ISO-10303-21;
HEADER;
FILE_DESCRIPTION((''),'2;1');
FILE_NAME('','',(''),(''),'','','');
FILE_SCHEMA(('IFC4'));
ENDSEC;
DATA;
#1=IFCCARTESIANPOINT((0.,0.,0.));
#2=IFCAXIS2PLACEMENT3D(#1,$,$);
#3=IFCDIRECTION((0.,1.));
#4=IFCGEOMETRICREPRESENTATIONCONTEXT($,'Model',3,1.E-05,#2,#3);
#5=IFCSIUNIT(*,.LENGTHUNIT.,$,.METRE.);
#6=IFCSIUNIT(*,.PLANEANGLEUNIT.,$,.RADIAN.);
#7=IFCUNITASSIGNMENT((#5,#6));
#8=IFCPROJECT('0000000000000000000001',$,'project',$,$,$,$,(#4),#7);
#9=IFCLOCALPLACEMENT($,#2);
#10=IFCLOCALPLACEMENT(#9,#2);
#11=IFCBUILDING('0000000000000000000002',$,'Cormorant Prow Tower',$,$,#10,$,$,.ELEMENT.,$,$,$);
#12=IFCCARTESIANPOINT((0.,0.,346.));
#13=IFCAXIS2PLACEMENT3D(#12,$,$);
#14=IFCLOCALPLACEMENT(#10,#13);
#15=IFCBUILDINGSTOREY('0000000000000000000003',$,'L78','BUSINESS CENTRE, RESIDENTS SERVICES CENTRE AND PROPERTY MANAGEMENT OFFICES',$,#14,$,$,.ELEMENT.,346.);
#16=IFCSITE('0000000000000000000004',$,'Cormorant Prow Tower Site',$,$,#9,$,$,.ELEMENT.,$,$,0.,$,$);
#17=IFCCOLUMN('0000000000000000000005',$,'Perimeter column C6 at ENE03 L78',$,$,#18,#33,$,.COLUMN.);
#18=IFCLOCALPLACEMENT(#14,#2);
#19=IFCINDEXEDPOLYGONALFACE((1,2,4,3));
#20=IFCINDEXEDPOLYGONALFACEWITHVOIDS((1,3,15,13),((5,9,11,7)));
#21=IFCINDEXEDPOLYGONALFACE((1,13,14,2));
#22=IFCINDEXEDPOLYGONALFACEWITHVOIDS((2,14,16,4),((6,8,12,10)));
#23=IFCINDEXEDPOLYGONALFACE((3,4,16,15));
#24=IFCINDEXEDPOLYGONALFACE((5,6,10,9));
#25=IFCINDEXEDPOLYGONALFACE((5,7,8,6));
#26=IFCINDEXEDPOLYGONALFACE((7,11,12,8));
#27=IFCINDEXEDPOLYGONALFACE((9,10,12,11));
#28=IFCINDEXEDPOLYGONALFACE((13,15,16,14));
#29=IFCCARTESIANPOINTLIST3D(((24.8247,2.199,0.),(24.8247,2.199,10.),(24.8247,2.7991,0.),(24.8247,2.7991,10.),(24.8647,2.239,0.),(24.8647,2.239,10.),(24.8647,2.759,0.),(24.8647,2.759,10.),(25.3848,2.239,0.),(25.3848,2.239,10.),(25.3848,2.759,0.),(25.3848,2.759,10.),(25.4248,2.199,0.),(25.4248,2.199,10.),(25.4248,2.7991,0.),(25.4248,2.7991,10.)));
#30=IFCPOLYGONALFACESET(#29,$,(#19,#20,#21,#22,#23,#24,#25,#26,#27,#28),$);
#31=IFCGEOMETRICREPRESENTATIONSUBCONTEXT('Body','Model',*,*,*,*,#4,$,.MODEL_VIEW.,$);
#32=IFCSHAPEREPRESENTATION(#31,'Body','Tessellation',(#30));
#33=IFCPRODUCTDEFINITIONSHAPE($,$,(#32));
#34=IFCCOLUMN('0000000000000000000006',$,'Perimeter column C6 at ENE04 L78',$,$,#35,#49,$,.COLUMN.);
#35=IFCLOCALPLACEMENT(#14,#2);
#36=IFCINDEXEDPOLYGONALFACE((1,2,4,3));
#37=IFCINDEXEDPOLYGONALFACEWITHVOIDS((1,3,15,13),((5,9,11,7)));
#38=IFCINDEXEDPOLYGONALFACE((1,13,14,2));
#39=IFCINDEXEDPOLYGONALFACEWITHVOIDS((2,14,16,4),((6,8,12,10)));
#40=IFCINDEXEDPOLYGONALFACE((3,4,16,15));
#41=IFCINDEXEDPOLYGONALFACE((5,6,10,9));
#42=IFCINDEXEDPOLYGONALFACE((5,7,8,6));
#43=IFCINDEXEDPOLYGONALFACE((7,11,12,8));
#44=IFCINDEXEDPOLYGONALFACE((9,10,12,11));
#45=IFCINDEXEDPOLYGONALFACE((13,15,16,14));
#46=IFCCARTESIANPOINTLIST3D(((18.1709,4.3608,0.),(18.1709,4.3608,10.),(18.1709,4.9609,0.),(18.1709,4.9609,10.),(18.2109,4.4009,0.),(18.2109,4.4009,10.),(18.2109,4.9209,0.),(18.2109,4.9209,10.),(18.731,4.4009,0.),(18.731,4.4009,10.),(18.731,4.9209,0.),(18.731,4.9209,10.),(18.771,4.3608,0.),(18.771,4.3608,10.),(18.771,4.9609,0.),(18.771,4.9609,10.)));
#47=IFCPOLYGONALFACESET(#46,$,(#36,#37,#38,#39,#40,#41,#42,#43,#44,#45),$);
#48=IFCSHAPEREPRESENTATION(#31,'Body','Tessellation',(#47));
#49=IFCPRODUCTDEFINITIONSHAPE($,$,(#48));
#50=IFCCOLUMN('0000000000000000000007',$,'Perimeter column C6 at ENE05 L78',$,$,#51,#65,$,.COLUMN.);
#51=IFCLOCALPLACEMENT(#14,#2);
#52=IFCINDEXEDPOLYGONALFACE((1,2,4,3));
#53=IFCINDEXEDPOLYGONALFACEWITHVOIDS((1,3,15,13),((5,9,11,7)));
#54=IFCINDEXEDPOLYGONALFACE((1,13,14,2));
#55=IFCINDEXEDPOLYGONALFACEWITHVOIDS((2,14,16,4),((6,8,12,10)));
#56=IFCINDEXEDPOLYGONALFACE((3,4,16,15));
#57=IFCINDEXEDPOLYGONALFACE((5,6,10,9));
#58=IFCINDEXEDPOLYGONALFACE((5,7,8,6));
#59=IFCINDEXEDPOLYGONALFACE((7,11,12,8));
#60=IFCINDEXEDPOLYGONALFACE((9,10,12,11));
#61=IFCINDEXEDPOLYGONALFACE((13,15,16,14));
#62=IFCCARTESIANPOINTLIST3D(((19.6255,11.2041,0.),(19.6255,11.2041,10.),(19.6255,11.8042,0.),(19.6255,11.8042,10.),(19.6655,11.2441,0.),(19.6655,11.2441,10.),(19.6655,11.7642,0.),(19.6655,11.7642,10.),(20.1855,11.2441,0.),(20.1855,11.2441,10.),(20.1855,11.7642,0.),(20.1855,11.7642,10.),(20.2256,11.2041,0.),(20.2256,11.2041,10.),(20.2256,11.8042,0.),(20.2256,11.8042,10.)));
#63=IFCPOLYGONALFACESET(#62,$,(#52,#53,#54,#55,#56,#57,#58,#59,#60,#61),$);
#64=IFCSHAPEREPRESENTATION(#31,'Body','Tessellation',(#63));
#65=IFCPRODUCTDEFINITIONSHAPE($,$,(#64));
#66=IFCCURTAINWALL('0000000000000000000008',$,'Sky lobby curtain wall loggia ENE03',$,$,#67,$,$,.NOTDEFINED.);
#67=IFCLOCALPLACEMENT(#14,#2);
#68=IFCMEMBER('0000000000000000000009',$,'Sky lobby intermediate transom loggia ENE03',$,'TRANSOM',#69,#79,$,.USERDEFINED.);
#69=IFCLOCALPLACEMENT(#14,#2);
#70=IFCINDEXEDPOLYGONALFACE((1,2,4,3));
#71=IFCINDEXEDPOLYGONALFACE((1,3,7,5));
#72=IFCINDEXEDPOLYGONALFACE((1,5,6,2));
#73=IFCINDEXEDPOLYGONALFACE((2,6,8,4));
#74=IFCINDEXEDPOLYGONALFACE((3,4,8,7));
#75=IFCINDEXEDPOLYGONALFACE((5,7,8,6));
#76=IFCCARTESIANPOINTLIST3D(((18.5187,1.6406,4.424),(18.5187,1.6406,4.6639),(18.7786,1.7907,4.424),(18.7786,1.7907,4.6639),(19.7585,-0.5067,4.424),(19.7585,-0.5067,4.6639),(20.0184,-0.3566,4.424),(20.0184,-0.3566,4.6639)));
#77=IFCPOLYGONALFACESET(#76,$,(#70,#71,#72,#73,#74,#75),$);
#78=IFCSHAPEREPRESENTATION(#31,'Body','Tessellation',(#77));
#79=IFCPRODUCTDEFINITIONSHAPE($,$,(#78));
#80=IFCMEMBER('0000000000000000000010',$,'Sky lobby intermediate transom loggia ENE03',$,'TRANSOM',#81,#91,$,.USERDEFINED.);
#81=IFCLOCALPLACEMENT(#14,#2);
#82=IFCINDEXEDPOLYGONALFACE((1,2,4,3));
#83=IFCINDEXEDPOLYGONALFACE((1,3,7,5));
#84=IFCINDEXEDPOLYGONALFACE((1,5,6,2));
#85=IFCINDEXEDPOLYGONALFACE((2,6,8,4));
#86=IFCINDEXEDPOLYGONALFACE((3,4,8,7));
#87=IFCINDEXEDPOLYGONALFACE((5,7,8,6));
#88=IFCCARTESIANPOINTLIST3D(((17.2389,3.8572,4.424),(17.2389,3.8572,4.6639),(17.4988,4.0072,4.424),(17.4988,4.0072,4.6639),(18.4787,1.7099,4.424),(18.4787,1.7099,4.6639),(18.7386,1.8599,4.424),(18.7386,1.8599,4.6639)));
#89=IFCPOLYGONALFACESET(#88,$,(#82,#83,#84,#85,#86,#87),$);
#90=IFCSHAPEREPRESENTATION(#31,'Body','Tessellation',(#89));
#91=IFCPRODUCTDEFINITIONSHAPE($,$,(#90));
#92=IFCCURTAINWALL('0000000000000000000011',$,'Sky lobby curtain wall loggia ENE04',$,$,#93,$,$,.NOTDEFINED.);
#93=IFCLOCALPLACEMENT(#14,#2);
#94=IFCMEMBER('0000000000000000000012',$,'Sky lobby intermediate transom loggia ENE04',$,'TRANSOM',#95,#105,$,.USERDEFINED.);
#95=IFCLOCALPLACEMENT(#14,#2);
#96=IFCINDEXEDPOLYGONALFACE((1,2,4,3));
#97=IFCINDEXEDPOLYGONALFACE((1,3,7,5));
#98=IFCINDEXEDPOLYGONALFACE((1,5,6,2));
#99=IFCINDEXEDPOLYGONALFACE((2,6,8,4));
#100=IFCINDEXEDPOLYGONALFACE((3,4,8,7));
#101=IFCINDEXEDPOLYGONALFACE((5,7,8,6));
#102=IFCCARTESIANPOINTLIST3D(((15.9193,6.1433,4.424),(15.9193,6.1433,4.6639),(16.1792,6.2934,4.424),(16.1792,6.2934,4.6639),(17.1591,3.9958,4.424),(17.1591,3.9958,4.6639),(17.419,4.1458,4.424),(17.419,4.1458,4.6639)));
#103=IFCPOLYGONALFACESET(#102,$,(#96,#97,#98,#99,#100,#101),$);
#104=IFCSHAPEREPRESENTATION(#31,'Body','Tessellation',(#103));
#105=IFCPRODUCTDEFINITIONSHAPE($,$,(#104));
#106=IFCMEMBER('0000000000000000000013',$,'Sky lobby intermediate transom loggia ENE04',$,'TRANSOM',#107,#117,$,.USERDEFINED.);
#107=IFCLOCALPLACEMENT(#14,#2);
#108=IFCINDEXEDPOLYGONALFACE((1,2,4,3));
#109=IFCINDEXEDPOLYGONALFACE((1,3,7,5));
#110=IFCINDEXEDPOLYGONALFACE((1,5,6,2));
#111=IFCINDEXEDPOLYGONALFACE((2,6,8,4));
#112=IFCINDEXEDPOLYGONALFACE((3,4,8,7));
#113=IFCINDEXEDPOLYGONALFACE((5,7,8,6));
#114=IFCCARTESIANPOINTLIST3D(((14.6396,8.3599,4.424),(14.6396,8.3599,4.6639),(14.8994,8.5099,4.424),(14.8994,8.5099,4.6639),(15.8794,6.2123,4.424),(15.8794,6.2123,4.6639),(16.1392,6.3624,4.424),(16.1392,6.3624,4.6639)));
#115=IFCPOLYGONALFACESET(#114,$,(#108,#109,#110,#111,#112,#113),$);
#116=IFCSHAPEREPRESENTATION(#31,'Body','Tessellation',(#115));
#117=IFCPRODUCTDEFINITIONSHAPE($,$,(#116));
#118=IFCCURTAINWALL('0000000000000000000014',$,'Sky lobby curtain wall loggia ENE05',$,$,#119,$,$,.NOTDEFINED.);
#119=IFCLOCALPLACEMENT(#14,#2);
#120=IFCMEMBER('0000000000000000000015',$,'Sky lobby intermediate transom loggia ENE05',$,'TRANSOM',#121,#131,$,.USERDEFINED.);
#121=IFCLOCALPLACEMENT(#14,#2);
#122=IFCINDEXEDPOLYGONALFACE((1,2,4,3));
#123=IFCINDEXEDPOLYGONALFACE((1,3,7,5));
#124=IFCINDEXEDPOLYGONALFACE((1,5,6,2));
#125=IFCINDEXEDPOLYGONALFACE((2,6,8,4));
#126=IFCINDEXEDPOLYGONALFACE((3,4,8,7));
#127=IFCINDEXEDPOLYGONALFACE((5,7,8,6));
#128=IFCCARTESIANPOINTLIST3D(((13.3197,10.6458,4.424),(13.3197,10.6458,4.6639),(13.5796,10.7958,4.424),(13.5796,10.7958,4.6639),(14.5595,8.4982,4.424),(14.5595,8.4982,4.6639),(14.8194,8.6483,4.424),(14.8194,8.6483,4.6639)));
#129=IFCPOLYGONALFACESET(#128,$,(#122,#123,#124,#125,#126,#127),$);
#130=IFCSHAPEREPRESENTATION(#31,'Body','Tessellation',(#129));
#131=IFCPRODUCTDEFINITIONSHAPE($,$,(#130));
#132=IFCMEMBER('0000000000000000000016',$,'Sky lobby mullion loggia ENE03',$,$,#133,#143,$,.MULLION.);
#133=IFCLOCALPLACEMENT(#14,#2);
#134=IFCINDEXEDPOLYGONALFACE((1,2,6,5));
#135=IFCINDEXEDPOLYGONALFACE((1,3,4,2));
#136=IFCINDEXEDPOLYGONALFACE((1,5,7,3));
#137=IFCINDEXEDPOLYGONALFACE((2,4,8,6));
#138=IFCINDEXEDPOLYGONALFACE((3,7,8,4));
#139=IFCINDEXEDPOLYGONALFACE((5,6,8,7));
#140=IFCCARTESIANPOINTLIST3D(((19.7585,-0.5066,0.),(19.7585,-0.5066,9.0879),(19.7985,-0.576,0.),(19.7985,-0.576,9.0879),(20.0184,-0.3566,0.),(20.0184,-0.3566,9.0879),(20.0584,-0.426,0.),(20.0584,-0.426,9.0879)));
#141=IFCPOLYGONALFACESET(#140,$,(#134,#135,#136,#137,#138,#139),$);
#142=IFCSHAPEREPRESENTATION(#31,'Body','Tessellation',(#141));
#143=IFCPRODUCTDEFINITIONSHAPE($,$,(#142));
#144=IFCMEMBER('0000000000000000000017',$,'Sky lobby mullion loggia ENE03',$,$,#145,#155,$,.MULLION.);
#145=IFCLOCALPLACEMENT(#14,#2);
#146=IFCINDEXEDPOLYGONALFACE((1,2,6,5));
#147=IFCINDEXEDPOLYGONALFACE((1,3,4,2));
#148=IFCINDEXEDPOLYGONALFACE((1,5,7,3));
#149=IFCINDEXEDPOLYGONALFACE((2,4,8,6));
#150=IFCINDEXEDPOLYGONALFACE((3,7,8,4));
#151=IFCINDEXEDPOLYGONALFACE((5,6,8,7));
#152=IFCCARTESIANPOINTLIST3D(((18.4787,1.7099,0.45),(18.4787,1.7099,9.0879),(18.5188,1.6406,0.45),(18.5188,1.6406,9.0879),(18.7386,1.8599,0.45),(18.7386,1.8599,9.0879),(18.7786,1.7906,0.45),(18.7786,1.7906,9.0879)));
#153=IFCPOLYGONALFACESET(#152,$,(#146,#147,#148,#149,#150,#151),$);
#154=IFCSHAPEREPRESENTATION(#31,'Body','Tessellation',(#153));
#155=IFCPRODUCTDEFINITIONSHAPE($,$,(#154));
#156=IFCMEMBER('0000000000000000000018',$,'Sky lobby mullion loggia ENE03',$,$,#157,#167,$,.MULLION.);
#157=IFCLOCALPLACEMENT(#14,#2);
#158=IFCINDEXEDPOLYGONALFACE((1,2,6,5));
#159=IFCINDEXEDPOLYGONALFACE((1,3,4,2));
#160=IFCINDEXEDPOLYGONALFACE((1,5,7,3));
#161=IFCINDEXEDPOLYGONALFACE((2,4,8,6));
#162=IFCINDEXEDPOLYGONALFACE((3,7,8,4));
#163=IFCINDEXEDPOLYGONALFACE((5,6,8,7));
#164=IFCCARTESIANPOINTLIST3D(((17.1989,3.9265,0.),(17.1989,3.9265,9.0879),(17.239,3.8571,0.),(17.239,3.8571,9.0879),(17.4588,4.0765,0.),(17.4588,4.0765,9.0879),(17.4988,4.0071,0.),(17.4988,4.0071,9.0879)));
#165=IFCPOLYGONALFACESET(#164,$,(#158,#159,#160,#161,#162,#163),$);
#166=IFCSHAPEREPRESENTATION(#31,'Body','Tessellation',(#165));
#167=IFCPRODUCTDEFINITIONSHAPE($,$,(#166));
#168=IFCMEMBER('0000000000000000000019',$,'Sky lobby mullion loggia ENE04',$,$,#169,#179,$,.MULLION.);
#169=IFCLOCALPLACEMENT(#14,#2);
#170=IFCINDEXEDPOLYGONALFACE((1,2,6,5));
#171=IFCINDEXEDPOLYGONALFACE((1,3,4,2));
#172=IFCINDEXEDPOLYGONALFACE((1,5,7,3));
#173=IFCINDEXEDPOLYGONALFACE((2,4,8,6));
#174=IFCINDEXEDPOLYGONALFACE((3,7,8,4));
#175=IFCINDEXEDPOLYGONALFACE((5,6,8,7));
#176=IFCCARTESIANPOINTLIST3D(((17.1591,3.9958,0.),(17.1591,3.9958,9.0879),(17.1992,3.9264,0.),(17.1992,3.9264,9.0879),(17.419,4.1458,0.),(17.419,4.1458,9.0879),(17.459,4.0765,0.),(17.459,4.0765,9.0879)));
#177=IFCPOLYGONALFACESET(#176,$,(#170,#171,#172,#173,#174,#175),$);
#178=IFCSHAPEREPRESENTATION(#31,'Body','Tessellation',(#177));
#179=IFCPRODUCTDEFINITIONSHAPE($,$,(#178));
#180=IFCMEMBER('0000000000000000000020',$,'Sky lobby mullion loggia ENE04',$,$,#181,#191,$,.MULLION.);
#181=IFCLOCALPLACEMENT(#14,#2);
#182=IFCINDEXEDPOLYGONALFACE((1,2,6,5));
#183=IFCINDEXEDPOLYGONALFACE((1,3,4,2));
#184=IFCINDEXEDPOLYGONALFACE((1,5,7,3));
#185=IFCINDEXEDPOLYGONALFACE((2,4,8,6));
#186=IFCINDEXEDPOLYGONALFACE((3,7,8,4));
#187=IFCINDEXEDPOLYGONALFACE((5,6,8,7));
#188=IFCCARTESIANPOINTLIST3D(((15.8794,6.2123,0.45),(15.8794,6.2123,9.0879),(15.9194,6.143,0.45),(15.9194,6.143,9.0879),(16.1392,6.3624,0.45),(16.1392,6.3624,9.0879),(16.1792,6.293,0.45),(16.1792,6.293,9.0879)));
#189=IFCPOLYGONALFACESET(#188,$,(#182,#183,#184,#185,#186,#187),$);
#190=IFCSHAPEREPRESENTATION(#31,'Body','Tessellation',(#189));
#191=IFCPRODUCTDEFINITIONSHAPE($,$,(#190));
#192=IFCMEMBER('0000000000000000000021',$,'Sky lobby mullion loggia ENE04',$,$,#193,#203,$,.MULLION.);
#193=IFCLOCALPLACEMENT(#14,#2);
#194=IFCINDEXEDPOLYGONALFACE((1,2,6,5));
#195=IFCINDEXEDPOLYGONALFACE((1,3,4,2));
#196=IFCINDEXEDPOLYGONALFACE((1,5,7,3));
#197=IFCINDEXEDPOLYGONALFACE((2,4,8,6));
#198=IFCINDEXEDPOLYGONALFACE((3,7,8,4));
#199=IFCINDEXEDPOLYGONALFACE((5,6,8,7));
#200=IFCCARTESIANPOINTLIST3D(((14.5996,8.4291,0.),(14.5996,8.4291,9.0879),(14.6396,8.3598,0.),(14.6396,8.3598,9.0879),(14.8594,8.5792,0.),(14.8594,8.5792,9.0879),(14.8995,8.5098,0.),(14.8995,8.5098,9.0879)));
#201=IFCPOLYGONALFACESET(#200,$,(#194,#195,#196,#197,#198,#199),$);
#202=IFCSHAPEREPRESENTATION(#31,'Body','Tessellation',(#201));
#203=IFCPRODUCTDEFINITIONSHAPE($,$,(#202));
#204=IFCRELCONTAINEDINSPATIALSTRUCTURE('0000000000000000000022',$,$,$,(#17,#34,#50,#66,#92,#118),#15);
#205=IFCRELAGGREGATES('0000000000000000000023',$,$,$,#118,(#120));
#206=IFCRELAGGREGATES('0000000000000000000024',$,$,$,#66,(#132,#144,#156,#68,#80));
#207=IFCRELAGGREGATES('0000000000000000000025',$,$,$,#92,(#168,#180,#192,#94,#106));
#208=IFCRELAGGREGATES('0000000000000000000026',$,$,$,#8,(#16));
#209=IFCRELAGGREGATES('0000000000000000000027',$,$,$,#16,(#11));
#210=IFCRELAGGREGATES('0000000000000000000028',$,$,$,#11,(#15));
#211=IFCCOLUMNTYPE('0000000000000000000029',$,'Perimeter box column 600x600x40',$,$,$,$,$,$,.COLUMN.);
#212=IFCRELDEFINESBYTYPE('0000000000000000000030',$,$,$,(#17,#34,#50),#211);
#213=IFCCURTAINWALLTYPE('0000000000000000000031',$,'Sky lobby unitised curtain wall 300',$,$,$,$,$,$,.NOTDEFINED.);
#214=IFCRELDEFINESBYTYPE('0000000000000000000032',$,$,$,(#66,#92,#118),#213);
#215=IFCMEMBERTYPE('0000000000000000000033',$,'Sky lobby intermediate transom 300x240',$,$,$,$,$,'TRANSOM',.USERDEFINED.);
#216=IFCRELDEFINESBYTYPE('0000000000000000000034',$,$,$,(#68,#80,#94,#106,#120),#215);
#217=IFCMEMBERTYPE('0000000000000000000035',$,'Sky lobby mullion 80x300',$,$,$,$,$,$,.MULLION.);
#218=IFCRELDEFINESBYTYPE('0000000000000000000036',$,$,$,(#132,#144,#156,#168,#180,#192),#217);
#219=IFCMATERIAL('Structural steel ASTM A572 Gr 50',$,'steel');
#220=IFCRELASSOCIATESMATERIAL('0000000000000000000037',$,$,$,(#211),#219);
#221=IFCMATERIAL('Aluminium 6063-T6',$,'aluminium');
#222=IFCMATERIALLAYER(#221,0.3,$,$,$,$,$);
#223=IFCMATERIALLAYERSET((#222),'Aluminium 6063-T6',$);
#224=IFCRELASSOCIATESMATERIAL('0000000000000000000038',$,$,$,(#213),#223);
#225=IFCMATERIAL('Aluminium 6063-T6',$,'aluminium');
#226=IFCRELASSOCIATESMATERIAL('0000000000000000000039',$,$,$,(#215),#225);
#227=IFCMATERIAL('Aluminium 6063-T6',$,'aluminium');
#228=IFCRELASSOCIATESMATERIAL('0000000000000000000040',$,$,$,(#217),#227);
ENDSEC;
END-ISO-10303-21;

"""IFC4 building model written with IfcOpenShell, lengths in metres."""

from ifc_helpers import new_model, si_unit, direction, frame, origin, origin_2d, place, context, subcontext, project, spatial, rectangle, hollow_rectangle, extrude, material, layer, layer_set, material_profile, profile_set, type_object, element, aggregate, save


model = new_model("IFC4")

# Units and contexts
model_context = context("Model", 3, precision=1e-05, world=origin(), true_north=direction((0.0, 1.0)))
body_context = subcontext(model_context, "Body", "Model", "MODEL_VIEW")
ifc_project = project(units=[si_unit("LENGTHUNIT", "METRE"), si_unit("PLANEANGLEUNIT", "RADIAN")], contexts=[model_context])

# Site, building, storey
site_placement = place(None, origin())
site = spatial("IfcSite", under=ifc_project, at=site_placement, Name="Cormorant Prow Tower Site", CompositionType="ELEMENT", RefElevation=0.0)
building_placement = place(site_placement, origin())
building = spatial("IfcBuilding", under=site, at=building_placement, Name="Cormorant Prow Tower", CompositionType="ELEMENT")
storey_placement = place(building_placement, frame((0.0, 0.0, 346.0)))
storey = spatial("IfcBuildingStorey", under=building, at=storey_placement, Name="L78", Description="BUSINESS CENTRE, RESIDENTS SERVICES CENTRE AND PROPERTY MANAGEMENT OFFICES", CompositionType="ELEMENT", Elevation=346.0)

# Columns
ifc_material_1 = material(Name="Structural steel ASTM A572 Gr 50", Category="steel")
ifc_material_profile_1 = material_profile(ifc_material_1, hollow_rectangle(XDim=0.6001, YDim=0.6001, WallThickness=0.04, at=origin_2d()), Name="Box 600x600x40")
ifc_profile_set_1 = profile_set([ifc_material_profile_1], Name="Structural steel ASTM A572 Gr 50")
column_type = type_object("IfcColumnType", Name="Perimeter box column 600x600x40", PredefinedType="COLUMN", material=ifc_profile_set_1)
for number, where, z_axis, x_axis, name in (
    (1, (25.1248, 2.499, 0.0), (0.0, 0.0, 1.0), (1.0, 0.0, 0.0), "Perimeter column C6 at ENE03 L78"),
    (2, (18.4709, 4.6609, 0.0), (0.0, 0.0, 1.0), (1.0, 0.0, 0.0), "Perimeter column C6 at ENE04 L78"),
    (3, (19.9255, 11.5042, 0.0), (0.0, 0.0, 1.0), (1.0, 0.0, 0.0), "Perimeter column C6 at ENE05 L78"),
):
    element("IfcColumn", number, at=place(storey_placement, frame(where, z_axis=z_axis, x_axis=x_axis)), inside=storey, type_object=column_type, Name=name, PredefinedType="COLUMN", context=body_context, shape_type="SweptSolid", body=[
        extrude(hollow_rectangle(XDim=0.6001, YDim=0.6001, WallThickness=0.04, at=origin_2d()), origin(), (0.0, 0.0, 1.0), 10.0),
    ])

# Curtain walls, members
ifc_material_2 = material(Name="Aluminium 6063-T6", Category="aluminium")
ifc_layer_1 = layer(ifc_material_2, 0.3)
ifc_layer_set_1 = layer_set([ifc_layer_1], Name="Aluminium 6063-T6")
curtain_wall_type = type_object("IfcCurtainWallType", Name="Sky lobby unitised curtain wall 300", PredefinedType="NOTDEFINED", material=ifc_layer_set_1)
curtain_wall_1_placement = place(storey_placement, origin())
curtain_wall_1 = element("IfcCurtainWall", 4, at=curtain_wall_1_placement, inside=storey, type_object=curtain_wall_type, Name="Sky lobby curtain wall loggia ENE03", PredefinedType="NOTDEFINED")
ifc_material_3 = material(Name="Aluminium 6063-T6", Category="aluminium")
ifc_material_profile_2 = material_profile(ifc_material_3, rectangle(XDim=0.3, YDim=0.24, at=origin_2d()), Name="Sky lobby intermediate transom 300x240")
ifc_profile_set_2 = profile_set([ifc_material_profile_2], Name="Aluminium 6063-T6")
member_type_1 = type_object("IfcMemberType", Name="Sky lobby intermediate transom 300x240", ElementType="TRANSOM", PredefinedType="USERDEFINED", material=ifc_profile_set_2)
member_1_placement = place(storey_placement, frame((19.8884, -0.4316, 4.5439), z_axis=(-0.500015, 0.866017, 0.0), x_axis=(-0.866017, -0.500015, 0.0)))
member_1 = element("IfcMember", 5, at=member_1_placement, type_object=member_type_1, Name="Sky lobby intermediate transom loggia ENE03", ObjectType="TRANSOM", PredefinedType="USERDEFINED", context=body_context, shape_type="SweptSolid", body=[
    extrude(rectangle(XDim=0.3, YDim=0.24, at=origin_2d()), origin(), (0.0, 0.0, 1.0), 2.4795),
])
member_2_placement = place(storey_placement, frame((18.6086, 1.7849, 4.5439), z_axis=(-0.500015, 0.866017, 0.0), x_axis=(-0.866017, -0.500015, 0.0)))
member_2 = element("IfcMember", 6, at=member_2_placement, type_object=member_type_1, Name="Sky lobby intermediate transom loggia ENE03", ObjectType="TRANSOM", PredefinedType="USERDEFINED", context=body_context, shape_type="SweptSolid", body=[
    extrude(rectangle(XDim=0.3, YDim=0.24, at=origin_2d()), origin(), (0.0, 0.0, 1.0), 2.4795),
])
curtain_wall_2_placement = place(storey_placement, origin())
curtain_wall_2 = element("IfcCurtainWall", 7, at=curtain_wall_2_placement, inside=storey, type_object=curtain_wall_type, Name="Sky lobby curtain wall loggia ENE04", PredefinedType="NOTDEFINED")
member_3_placement = place(storey_placement, frame((17.2891, 4.0708, 4.5439), z_axis=(-0.499972, 0.866041, 0.0), x_axis=(-0.866041, -0.499972, 0.0)))
member_3 = element("IfcMember", 8, at=member_3_placement, type_object=member_type_1, Name="Sky lobby intermediate transom loggia ENE04", ObjectType="TRANSOM", PredefinedType="USERDEFINED", context=body_context, shape_type="SweptSolid", body=[
    extrude(rectangle(XDim=0.3, YDim=0.24, at=origin_2d()), origin(), (0.0, 0.0, 1.0), 2.4797),
])
member_4_placement = place(storey_placement, frame((16.0093, 6.2874, 4.5439), z_axis=(-0.499972, 0.866041, 0.0), x_axis=(-0.866041, -0.499972, 0.0)))
member_4 = element("IfcMember", 9, at=member_4_placement, type_object=member_type_1, Name="Sky lobby intermediate transom loggia ENE04", ObjectType="TRANSOM", PredefinedType="USERDEFINED", context=body_context, shape_type="SweptSolid", body=[
    extrude(rectangle(XDim=0.3, YDim=0.24, at=origin_2d()), origin(), (0.0, 0.0, 1.0), 2.4797),
])

# Curtain wall, member
curtain_wall_3_placement = place(storey_placement, origin())
curtain_wall_3 = element("IfcCurtainWall", 10, at=curtain_wall_3_placement, inside=storey, type_object=curtain_wall_type, Name="Sky lobby curtain wall loggia ENE05", PredefinedType="NOTDEFINED")
member_5_placement = place(storey_placement, frame((14.6895, 8.5732, 4.5439), z_axis=(-0.499972, 0.866041, 0.0), x_axis=(-0.866041, -0.499972, 0.0)))
member_5 = element("IfcMember", 11, at=member_5_placement, type_object=member_type_1, Name="Sky lobby intermediate transom loggia ENE05", ObjectType="TRANSOM", PredefinedType="USERDEFINED", context=body_context, shape_type="SweptSolid", body=[
    extrude(rectangle(XDim=0.3, YDim=0.24, at=origin_2d()), origin(), (0.0, 0.0, 1.0), 2.4797),
])

# Members
ifc_material_4 = material(Name="Aluminium 6063-T6", Category="aluminium")
ifc_material_profile_3 = material_profile(ifc_material_4, rectangle(XDim=0.3, YDim=0.0801, at=origin_2d()), Name="Sky lobby mullion 80x300")
ifc_profile_set_3 = profile_set([ifc_material_profile_3], Name="Aluminium 6063-T6")
member_type_2 = type_object("IfcMemberType", Name="Sky lobby mullion 80x300", PredefinedType="MULLION", material=ifc_profile_set_3)
member_6_placement = place(storey_placement, frame((19.9084, -0.4663, 0.0), z_axis=(0.0, 0.0, 1.0), x_axis=(-0.866025, -0.5, 0.0)))
member_6 = element("IfcMember", 12, at=member_6_placement, type_object=member_type_2, Name="Sky lobby mullion loggia ENE03", PredefinedType="MULLION", context=body_context, shape_type="SweptSolid", body=[
    extrude(rectangle(XDim=0.3, YDim=0.0801, at=origin_2d()), origin(), (0.0, 0.0, 1.0), 9.0879),
])
member_7_placement = place(storey_placement, frame((18.6287, 1.7502, 0.45), z_axis=(0.0, 0.0, 1.0), x_axis=(-0.866025, -0.5, 0.0)))
member_7 = element("IfcMember", 13, at=member_7_placement, type_object=member_type_2, Name="Sky lobby mullion loggia ENE03", PredefinedType="MULLION", context=body_context, shape_type="SweptSolid", body=[
    extrude(rectangle(XDim=0.3, YDim=0.0801, at=origin_2d()), origin(), (0.0, 0.0, 1.0), 8.6379),
])
member_8_placement = place(storey_placement, frame((17.3489, 3.9668, 0.0), z_axis=(0.0, 0.0, 1.0), x_axis=(-0.866025, -0.5, 0.0)))
member_8 = element("IfcMember", 14, at=member_8_placement, type_object=member_type_2, Name="Sky lobby mullion loggia ENE03", PredefinedType="MULLION", context=body_context, shape_type="SweptSolid", body=[
    extrude(rectangle(XDim=0.3, YDim=0.0801, at=origin_2d()), origin(), (0.0, 0.0, 1.0), 9.0879),
])
member_9_placement = place(storey_placement, frame((17.3091, 4.0361, 0.0), z_axis=(0.0, 0.0, 1.0), x_axis=(-0.866025, -0.5, 0.0)))
member_9 = element("IfcMember", 15, at=member_9_placement, type_object=member_type_2, Name="Sky lobby mullion loggia ENE04", PredefinedType="MULLION", context=body_context, shape_type="SweptSolid", body=[
    extrude(rectangle(XDim=0.3, YDim=0.0801, at=origin_2d()), origin(), (0.0, 0.0, 1.0), 9.0879),
])
member_10_placement = place(storey_placement, frame((16.0293, 6.2527, 0.45), z_axis=(0.0, 0.0, 1.0), x_axis=(-0.866025, -0.5, 0.0)))
member_10 = element("IfcMember", 16, at=member_10_placement, type_object=member_type_2, Name="Sky lobby mullion loggia ENE04", PredefinedType="MULLION", context=body_context, shape_type="SweptSolid", body=[
    extrude(rectangle(XDim=0.3, YDim=0.0801, at=origin_2d()), origin(), (0.0, 0.0, 1.0), 8.6379),
])
member_11_placement = place(storey_placement, frame((14.7495, 8.4695, 0.0), z_axis=(0.0, 0.0, 1.0), x_axis=(-0.866025, -0.5, 0.0)))
member_11 = element("IfcMember", 17, at=member_11_placement, type_object=member_type_2, Name="Sky lobby mullion loggia ENE04", PredefinedType="MULLION", context=body_context, shape_type="SweptSolid", body=[
    extrude(rectangle(XDim=0.3, YDim=0.0801, at=origin_2d()), origin(), (0.0, 0.0, 1.0), 9.0879),
])
aggregate(curtain_wall_3, [member_5])

aggregate(curtain_wall_1, [member_6, member_7, member_8, member_1, member_2])
aggregate(curtain_wall_2, [member_9, member_10, member_11, member_3, member_4])

save(model, "model.ifc")
